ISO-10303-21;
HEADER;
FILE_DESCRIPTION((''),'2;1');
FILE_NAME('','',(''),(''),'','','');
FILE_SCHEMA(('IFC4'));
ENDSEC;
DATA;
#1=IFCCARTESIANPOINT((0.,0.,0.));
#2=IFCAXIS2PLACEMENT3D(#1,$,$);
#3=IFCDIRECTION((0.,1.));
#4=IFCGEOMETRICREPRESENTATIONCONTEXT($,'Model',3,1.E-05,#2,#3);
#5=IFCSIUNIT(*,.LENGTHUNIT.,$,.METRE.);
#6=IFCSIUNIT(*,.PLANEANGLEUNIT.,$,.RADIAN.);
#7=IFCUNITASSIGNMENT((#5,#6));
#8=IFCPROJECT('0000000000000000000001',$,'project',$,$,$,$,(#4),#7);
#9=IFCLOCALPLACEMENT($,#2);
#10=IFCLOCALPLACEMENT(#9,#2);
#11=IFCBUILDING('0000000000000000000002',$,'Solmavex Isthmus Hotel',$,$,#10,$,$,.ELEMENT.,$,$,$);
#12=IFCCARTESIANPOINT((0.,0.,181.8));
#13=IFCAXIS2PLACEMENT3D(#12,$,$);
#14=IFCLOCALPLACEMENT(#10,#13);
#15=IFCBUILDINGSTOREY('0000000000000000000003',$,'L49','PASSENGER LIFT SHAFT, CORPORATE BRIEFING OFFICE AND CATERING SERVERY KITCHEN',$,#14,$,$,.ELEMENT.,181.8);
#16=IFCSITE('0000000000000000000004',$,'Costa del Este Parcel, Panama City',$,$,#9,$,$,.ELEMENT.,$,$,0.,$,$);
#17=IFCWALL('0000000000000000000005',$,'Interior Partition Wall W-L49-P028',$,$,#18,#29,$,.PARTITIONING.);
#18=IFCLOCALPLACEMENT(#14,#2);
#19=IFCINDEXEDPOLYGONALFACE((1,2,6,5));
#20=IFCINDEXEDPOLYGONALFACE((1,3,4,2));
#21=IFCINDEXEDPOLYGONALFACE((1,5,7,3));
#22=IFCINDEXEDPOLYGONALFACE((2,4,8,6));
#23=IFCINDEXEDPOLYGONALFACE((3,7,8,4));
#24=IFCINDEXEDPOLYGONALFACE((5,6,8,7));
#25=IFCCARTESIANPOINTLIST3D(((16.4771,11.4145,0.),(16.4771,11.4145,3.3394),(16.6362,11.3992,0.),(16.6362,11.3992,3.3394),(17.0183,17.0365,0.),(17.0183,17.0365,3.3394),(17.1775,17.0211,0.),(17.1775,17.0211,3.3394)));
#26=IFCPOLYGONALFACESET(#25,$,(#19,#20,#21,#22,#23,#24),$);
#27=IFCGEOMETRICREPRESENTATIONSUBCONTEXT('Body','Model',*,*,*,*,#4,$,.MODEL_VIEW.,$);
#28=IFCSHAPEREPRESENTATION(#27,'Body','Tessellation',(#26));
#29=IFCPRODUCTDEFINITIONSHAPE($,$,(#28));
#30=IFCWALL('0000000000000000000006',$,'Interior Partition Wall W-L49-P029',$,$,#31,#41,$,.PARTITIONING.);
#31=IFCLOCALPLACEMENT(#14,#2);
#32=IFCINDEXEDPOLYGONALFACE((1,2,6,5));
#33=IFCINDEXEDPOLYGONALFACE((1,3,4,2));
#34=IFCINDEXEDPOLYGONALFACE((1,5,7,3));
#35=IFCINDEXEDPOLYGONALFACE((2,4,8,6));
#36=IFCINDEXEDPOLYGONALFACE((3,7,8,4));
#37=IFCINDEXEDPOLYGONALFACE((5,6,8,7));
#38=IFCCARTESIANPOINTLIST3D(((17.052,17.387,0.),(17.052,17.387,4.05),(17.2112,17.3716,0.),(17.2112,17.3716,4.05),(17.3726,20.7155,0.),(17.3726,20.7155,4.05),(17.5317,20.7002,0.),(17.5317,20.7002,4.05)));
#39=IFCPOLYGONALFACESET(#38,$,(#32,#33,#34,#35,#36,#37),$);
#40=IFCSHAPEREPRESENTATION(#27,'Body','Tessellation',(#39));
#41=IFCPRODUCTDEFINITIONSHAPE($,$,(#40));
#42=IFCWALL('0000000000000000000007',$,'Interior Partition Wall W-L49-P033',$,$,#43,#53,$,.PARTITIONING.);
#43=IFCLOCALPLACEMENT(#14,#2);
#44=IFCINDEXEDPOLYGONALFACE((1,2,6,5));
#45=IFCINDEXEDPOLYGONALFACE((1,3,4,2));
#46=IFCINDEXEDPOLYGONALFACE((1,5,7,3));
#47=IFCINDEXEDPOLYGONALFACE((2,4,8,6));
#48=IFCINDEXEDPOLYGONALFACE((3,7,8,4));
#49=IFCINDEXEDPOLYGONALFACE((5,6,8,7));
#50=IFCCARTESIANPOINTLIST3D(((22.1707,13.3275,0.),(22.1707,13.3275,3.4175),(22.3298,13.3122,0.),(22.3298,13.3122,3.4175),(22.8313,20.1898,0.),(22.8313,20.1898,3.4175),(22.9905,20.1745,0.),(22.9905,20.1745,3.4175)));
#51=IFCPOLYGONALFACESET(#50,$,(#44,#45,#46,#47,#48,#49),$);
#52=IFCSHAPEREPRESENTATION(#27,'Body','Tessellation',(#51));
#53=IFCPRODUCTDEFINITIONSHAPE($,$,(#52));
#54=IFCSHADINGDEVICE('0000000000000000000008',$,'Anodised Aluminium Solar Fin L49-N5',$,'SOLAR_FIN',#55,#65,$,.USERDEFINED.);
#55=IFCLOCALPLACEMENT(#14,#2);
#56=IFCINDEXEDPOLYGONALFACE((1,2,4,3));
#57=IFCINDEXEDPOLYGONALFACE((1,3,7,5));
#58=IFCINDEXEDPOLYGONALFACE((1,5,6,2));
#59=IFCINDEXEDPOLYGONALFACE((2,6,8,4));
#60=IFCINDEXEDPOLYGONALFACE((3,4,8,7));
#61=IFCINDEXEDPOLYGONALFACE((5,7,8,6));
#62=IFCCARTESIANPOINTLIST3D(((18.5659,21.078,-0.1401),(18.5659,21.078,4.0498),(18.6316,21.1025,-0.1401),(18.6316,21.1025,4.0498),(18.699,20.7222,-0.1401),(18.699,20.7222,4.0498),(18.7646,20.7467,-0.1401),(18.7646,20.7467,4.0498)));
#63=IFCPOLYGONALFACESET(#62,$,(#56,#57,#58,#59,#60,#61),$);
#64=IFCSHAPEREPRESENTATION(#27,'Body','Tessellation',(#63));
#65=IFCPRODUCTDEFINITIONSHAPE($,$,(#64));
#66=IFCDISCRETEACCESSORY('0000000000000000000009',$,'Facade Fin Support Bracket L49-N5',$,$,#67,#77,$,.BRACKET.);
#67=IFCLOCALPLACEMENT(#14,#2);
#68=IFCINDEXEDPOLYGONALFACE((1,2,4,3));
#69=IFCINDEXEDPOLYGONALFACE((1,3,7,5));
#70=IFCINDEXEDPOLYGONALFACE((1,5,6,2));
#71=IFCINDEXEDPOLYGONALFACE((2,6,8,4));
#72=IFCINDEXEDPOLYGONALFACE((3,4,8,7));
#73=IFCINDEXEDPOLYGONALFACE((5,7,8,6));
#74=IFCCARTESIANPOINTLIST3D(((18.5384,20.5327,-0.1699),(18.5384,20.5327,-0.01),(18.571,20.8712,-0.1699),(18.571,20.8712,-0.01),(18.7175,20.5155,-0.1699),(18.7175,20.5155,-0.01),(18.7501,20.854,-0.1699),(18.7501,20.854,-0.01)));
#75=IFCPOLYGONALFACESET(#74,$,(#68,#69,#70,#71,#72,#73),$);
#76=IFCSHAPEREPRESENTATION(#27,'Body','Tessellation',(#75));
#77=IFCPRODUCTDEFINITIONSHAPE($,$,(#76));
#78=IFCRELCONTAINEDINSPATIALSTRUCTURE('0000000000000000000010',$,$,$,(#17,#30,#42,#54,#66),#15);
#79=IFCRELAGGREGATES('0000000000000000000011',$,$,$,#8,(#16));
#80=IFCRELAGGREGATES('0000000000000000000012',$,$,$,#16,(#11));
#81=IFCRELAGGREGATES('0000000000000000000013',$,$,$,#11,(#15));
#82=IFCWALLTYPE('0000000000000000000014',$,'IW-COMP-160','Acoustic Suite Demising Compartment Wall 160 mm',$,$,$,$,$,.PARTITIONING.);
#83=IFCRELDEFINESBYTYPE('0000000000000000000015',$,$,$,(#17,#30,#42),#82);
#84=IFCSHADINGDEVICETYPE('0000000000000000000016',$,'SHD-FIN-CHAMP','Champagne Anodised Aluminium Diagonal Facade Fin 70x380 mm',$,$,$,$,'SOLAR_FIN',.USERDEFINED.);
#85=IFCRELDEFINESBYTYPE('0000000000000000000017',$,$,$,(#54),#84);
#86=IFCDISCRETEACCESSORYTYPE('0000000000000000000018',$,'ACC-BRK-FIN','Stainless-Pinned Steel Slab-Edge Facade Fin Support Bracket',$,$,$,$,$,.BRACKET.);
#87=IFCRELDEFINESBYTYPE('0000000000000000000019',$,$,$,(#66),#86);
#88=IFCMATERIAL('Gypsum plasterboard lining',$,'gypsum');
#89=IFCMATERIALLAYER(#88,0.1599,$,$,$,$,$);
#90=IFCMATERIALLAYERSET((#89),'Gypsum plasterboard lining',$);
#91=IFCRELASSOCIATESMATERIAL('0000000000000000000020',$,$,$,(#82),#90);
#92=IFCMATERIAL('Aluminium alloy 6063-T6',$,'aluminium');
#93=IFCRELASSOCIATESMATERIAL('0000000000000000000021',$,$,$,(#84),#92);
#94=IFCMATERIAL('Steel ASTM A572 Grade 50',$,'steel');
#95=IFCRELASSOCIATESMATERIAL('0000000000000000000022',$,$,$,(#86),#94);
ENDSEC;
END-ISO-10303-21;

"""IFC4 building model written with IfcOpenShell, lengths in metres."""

from ifc_helpers import new_model, si_unit, direction, frame, frame_2d, origin, origin_2d, place, context, subcontext, project, spatial, rectangle, extrude, material, layer, layer_set, type_object, element, save


model = new_model("IFC4")

# Units and contexts
model_context = context("Model", 3, precision=1e-05, world=origin(), true_north=direction((0.0, 1.0)))
body_context = subcontext(model_context, "Body", "Model", "MODEL_VIEW")
ifc_project = project(units=[si_unit("LENGTHUNIT", "METRE"), si_unit("PLANEANGLEUNIT", "RADIAN")], contexts=[model_context])

# Site, building, storey
site_placement = place(None, origin())
site = spatial("IfcSite", under=ifc_project, at=site_placement, Name="Costa del Este Parcel, Panama City", CompositionType="ELEMENT", RefElevation=0.0)
building_placement = place(site_placement, origin())
building = spatial("IfcBuilding", under=site, at=building_placement, Name="Solmavex Isthmus Hotel", CompositionType="ELEMENT")
storey_placement = place(building_placement, frame((0.0, 0.0, 181.8)))
storey = spatial("IfcBuildingStorey", under=building, at=storey_placement, Name="L49", Description="PASSENGER LIFT SHAFT, CORPORATE BRIEFING OFFICE AND CATERING SERVERY KITCHEN", CompositionType="ELEMENT", Elevation=181.8)

# Shared definitions
ifc_material_1 = material(Name="Aluminium alloy 6063-T6", Category="aluminium")

# Walls
ifc_material_2 = material(Name="Gypsum plasterboard lining", Category="gypsum")
ifc_layer_1 = layer(ifc_material_2, 0.1599)
ifc_layer_set_1 = layer_set([ifc_layer_1], Name="Gypsum plasterboard lining")
wall_type_1 = type_object("IfcWallType", Name="IW-COMP-160", Description="Acoustic Suite Demising Compartment Wall 160 mm", PredefinedType="PARTITIONING", material=ifc_layer_set_1)
wall_1_placement = place(storey_placement, frame((17.0979, 17.0288, 0.0), z_axis=(0.0, 0.0, 1.0), x_axis=(-0.095831, -0.995398, 0.0)))
element("IfcWall", 1, at=wall_1_placement, inside=storey, type_object=wall_type_1, Name="Interior Partition Wall W-L49-P028", PredefinedType="PARTITIONING", context=body_context, shape_type="SweptSolid", body=[
    extrude(rectangle(XDim=5.6479, YDim=0.1599, at=frame_2d((2.824, 0.0))), origin(), (0.0, 0.0, 1.0), 3.3394),
])
wall_2_placement = place(storey_placement, frame((17.4521, 20.7078, 0.0), z_axis=(0.0, 0.0, 1.0), x_axis=(-0.09586, -0.995395, 0.0)))
element("IfcWall", 2, at=wall_2_placement, inside=storey, type_object=wall_type_1, Name="Interior Partition Wall W-L49-P029", PredefinedType="PARTITIONING", context=body_context, shape_type="SweptSolid", body=[
    extrude(rectangle(XDim=3.344, YDim=0.1599, at=frame_2d((1.6719, 0.0))), origin(), (0.0, 0.0, 1.0), 4.05),
])
wall_3_placement = place(storey_placement, frame((22.9109, 20.1821, 0.0), z_axis=(0.0, 0.0, 1.0), x_axis=(-0.095828, -0.995398, 0.0)))
element("IfcWall", 3, at=wall_3_placement, inside=storey, type_object=wall_type_1, Name="Interior Partition Wall W-L49-P033", PredefinedType="PARTITIONING", context=body_context, shape_type="SweptSolid", body=[
    extrude(rectangle(XDim=6.894, YDim=0.1599, at=frame_2d((3.447, 0.0))), origin(), (0.0, 0.0, 1.0), 3.4175),
])

# Shading device
shading_device_type = type_object("IfcShadingDeviceType", Name="SHD-FIN-CHAMP", Description="Champagne Anodised Aluminium Diagonal Facade Fin 70x380 mm", ElementType="SOLAR_FIN", PredefinedType="USERDEFINED", material=ifc_material_1)
shading_device_placement = place(storey_placement, frame((18.6653, 20.9124, -0.1401), z_axis=(0.0, 0.0, 1.0), x_axis=(-0.350207, 0.936672, 0.0)))
element("IfcShadingDevice", 4, at=shading_device_placement, inside=storey, type_object=shading_device_type, Name="Anodised Aluminium Solar Fin L49-N5", ObjectType="SOLAR_FIN", PredefinedType="USERDEFINED", context=body_context, shape_type="SweptSolid", body=[
    extrude(rectangle(XDim=0.3799, YDim=0.0701, at=origin_2d()), origin(), (0.0, 0.0, 1.0), 4.1899),
])

# Discrete accessory
ifc_material_3 = material(Name="Steel ASTM A572 Grade 50", Category="steel")
discrete_accessory_type = type_object("IfcDiscreteAccessoryType", Name="ACC-BRK-FIN", Description="Stainless-Pinned Steel Slab-Edge Facade Fin Support Bracket", PredefinedType="BRACKET", material=ifc_material_3)
discrete_accessory_placement = place(storey_placement, frame((18.6443, 20.6934, -0.1699), z_axis=(0.0, 0.0, 1.0), x_axis=(0.095846, 0.995396, 0.0)))
element("IfcDiscreteAccessory", 5, at=discrete_accessory_placement, inside=storey, type_object=discrete_accessory_type, Name="Facade Fin Support Bracket L49-N5", PredefinedType="BRACKET", context=body_context, shape_type="SweptSolid", body=[
    extrude(rectangle(XDim=0.3401, YDim=0.1799, at=origin_2d()), origin(), (0.0, 0.0, 1.0), 0.1599),
])

save(model, "model.ifc")
